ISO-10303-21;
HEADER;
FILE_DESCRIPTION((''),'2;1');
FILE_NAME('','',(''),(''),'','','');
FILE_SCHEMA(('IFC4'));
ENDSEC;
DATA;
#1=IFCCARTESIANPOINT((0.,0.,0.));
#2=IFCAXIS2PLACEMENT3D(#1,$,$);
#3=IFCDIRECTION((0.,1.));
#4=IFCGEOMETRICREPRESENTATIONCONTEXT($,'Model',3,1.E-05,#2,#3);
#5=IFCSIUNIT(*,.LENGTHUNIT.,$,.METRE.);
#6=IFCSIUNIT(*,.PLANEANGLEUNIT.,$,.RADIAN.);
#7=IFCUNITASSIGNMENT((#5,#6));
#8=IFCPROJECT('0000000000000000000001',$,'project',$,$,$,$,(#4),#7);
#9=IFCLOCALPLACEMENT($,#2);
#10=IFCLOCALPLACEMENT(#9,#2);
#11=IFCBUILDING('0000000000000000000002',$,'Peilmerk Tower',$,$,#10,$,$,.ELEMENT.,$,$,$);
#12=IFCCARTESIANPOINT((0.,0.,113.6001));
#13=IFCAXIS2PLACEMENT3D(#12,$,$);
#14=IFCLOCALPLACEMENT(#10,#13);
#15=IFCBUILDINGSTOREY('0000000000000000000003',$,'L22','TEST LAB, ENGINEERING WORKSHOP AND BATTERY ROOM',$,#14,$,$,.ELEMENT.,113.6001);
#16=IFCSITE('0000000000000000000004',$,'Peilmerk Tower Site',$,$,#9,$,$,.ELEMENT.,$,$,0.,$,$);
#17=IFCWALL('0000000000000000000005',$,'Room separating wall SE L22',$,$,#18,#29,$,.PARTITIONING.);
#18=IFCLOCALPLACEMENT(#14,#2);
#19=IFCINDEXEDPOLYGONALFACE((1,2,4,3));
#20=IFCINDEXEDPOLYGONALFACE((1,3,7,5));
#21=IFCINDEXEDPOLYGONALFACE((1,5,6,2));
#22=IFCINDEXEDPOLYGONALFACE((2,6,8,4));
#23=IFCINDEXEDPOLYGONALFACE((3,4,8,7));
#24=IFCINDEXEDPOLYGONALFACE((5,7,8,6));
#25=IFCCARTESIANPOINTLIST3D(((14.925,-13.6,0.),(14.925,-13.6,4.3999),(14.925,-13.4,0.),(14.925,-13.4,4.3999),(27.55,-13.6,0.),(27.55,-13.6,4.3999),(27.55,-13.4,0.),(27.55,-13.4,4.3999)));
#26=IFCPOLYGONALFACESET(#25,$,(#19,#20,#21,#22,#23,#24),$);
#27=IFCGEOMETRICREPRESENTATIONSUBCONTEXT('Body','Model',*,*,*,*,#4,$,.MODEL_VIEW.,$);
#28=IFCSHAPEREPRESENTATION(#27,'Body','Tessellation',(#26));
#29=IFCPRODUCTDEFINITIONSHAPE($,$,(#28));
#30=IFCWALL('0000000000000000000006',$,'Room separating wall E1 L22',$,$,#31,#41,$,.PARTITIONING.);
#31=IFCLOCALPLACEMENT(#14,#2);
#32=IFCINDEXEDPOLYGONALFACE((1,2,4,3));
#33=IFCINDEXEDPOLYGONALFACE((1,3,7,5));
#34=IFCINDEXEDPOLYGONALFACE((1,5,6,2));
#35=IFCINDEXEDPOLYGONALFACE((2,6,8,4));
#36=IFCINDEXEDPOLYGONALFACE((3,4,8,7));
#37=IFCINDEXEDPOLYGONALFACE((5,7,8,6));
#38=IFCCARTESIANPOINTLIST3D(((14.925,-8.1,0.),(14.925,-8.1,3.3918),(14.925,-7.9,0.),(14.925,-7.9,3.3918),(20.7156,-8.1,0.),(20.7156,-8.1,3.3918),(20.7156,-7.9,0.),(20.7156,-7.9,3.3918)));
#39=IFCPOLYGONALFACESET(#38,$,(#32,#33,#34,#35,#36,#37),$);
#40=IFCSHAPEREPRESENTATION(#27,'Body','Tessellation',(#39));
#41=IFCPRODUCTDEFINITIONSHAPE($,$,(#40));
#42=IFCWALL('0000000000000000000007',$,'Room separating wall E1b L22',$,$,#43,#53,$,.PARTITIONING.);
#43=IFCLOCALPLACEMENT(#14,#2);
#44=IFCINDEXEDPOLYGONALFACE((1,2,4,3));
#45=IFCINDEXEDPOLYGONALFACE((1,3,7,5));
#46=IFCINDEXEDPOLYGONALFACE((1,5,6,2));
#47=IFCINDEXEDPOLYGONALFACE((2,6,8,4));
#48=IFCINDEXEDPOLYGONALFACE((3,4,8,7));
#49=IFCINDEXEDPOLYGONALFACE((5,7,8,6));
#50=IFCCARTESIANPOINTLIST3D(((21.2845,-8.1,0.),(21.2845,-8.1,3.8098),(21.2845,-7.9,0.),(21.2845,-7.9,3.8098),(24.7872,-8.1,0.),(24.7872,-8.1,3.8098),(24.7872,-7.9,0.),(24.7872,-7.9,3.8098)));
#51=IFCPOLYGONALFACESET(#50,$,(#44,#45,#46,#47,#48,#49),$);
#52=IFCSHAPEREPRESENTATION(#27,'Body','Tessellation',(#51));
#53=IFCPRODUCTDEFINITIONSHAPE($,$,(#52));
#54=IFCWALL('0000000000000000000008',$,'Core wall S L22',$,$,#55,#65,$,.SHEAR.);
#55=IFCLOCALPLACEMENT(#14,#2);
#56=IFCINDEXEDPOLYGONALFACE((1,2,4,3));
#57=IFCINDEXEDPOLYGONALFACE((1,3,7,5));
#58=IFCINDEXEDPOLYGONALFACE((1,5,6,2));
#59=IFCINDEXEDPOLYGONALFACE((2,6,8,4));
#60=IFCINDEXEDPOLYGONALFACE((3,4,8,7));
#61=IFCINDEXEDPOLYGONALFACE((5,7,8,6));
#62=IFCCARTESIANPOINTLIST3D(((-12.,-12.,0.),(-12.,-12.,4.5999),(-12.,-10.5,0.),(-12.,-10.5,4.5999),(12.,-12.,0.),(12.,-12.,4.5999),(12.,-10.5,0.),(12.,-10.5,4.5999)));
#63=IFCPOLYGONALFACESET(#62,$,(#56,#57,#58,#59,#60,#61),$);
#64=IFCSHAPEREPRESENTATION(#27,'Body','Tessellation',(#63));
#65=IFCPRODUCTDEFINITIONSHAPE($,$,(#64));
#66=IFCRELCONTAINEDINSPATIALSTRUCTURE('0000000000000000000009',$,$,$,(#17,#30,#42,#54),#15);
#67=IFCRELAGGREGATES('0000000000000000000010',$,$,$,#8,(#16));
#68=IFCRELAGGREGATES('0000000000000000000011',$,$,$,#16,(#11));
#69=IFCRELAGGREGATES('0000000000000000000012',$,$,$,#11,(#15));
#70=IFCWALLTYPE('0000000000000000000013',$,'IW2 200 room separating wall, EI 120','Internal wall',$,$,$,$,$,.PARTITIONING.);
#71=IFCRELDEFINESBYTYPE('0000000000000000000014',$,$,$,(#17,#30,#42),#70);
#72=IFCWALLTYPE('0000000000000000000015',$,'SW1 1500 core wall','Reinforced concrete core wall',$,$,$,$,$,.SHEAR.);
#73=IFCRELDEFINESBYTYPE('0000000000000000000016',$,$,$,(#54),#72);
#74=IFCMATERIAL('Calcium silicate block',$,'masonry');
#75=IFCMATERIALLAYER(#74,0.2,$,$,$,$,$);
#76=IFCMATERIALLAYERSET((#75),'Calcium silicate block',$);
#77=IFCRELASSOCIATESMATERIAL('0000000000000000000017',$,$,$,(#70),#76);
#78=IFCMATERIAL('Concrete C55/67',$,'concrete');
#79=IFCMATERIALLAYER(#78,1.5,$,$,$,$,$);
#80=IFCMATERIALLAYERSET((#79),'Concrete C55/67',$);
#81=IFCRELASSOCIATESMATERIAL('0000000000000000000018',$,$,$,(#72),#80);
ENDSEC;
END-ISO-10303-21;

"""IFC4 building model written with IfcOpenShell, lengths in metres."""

from ifc_helpers import new_model, si_unit, direction, frame, frame_2d, origin, place, context, subcontext, project, spatial, rectangle, extrude, material, layer, layer_set, type_object, element, save


model = new_model("IFC4")

# Units and contexts
model_context = context("Model", 3, precision=1e-05, world=origin(), true_north=direction((0.0, 1.0)))
body_context = subcontext(model_context, "Body", "Model", "MODEL_VIEW")
ifc_project = project(units=[si_unit("LENGTHUNIT", "METRE"), si_unit("PLANEANGLEUNIT", "RADIAN")], contexts=[model_context])

# Site, building, storey
site_placement = place(None, origin())
site = spatial("IfcSite", under=ifc_project, at=site_placement, Name="Peilmerk Tower Site", CompositionType="ELEMENT", RefElevation=0.0)
building_placement = place(site_placement, origin())
building = spatial("IfcBuilding", under=site, at=building_placement, Name="Peilmerk Tower", CompositionType="ELEMENT")
storey_placement = place(building_placement, frame((0.0, 0.0, 113.6001)))
storey = spatial("IfcBuildingStorey", under=building, at=storey_placement, Name="L22", Description="TEST LAB, ENGINEERING WORKSHOP AND BATTERY ROOM", CompositionType="ELEMENT", Elevation=113.6001)

# Shared definitions
ifc_material_1 = material(Name="Calcium silicate block", Category="masonry")

# Walls
ifc_layer_1 = layer(ifc_material_1, 0.2)
ifc_layer_set_1 = layer_set([ifc_layer_1], Name="Calcium silicate block")
wall_type_1 = type_object("IfcWallType", Name="IW2 200 room separating wall, EI 120", Description="Internal wall", PredefinedType="PARTITIONING", material=ifc_layer_set_1)
wall_1_placement = place(storey_placement, frame((27.55, -13.5, 0.0), z_axis=(0.0, 0.0, 1.0), x_axis=(-1.0, 0.0, 0.0)))
element("IfcWall", 1, at=wall_1_placement, inside=storey, type_object=wall_type_1, Name="Room separating wall SE L22", PredefinedType="PARTITIONING", context=body_context, shape_type="SweptSolid", body=[
    extrude(rectangle(XDim=12.625, YDim=0.2, at=frame_2d((6.3125, 0.0))), origin(), (0.0, 0.0, 1.0), 4.3999),
])
wall_2_placement = place(storey_placement, frame((14.925, -8.0, 0.0), z_axis=(0.0, 0.0, 1.0), x_axis=(1.0, 0.0, 0.0)))
element("IfcWall", 2, at=wall_2_placement, inside=storey, type_object=wall_type_1, Name="Room separating wall E1 L22", PredefinedType="PARTITIONING", context=body_context, shape_type="SweptSolid", body=[
    extrude(rectangle(XDim=5.7905, YDim=0.2, at=frame_2d((2.8953, 0.0))), origin(), (0.0, 0.0, 1.0), 3.3918),
])
wall_3_placement = place(storey_placement, frame((21.2844, -8.0, 0.0), z_axis=(0.0, 0.0, 1.0), x_axis=(1.0, 0.0, 0.0)))
element("IfcWall", 3, at=wall_3_placement, inside=storey, type_object=wall_type_1, Name="Room separating wall E1b L22", PredefinedType="PARTITIONING", context=body_context, shape_type="SweptSolid", body=[
    extrude(rectangle(XDim=3.5027, YDim=0.2, at=frame_2d((1.7515, 0.0))), origin(), (0.0, 0.0, 1.0), 3.8098),
])
ifc_material_2 = material(Name="Concrete C55/67", Category="concrete")
ifc_layer_2 = layer(ifc_material_2, 1.5)
ifc_layer_set_2 = layer_set([ifc_layer_2], Name="Concrete C55/67")
wall_type_2 = type_object("IfcWallType", Name="SW1 1500 core wall", Description="Reinforced concrete core wall", PredefinedType="SHEAR", material=ifc_layer_set_2)
wall_4_placement = place(storey_placement, frame((12.0, -11.25, 0.0), z_axis=(0.0, 0.0, 1.0), x_axis=(-1.0, 0.0, 0.0)))
element("IfcWall", 4, at=wall_4_placement, inside=storey, type_object=wall_type_2, Name="Core wall S L22", PredefinedType="SHEAR", context=body_context, shape_type="SweptSolid", body=[
    extrude(rectangle(XDim=24.0, YDim=1.5, at=frame_2d((12.0, 0.0))), origin(), (0.0, 0.0, 1.0), 4.5999),
])

save(model, "model.ifc")
